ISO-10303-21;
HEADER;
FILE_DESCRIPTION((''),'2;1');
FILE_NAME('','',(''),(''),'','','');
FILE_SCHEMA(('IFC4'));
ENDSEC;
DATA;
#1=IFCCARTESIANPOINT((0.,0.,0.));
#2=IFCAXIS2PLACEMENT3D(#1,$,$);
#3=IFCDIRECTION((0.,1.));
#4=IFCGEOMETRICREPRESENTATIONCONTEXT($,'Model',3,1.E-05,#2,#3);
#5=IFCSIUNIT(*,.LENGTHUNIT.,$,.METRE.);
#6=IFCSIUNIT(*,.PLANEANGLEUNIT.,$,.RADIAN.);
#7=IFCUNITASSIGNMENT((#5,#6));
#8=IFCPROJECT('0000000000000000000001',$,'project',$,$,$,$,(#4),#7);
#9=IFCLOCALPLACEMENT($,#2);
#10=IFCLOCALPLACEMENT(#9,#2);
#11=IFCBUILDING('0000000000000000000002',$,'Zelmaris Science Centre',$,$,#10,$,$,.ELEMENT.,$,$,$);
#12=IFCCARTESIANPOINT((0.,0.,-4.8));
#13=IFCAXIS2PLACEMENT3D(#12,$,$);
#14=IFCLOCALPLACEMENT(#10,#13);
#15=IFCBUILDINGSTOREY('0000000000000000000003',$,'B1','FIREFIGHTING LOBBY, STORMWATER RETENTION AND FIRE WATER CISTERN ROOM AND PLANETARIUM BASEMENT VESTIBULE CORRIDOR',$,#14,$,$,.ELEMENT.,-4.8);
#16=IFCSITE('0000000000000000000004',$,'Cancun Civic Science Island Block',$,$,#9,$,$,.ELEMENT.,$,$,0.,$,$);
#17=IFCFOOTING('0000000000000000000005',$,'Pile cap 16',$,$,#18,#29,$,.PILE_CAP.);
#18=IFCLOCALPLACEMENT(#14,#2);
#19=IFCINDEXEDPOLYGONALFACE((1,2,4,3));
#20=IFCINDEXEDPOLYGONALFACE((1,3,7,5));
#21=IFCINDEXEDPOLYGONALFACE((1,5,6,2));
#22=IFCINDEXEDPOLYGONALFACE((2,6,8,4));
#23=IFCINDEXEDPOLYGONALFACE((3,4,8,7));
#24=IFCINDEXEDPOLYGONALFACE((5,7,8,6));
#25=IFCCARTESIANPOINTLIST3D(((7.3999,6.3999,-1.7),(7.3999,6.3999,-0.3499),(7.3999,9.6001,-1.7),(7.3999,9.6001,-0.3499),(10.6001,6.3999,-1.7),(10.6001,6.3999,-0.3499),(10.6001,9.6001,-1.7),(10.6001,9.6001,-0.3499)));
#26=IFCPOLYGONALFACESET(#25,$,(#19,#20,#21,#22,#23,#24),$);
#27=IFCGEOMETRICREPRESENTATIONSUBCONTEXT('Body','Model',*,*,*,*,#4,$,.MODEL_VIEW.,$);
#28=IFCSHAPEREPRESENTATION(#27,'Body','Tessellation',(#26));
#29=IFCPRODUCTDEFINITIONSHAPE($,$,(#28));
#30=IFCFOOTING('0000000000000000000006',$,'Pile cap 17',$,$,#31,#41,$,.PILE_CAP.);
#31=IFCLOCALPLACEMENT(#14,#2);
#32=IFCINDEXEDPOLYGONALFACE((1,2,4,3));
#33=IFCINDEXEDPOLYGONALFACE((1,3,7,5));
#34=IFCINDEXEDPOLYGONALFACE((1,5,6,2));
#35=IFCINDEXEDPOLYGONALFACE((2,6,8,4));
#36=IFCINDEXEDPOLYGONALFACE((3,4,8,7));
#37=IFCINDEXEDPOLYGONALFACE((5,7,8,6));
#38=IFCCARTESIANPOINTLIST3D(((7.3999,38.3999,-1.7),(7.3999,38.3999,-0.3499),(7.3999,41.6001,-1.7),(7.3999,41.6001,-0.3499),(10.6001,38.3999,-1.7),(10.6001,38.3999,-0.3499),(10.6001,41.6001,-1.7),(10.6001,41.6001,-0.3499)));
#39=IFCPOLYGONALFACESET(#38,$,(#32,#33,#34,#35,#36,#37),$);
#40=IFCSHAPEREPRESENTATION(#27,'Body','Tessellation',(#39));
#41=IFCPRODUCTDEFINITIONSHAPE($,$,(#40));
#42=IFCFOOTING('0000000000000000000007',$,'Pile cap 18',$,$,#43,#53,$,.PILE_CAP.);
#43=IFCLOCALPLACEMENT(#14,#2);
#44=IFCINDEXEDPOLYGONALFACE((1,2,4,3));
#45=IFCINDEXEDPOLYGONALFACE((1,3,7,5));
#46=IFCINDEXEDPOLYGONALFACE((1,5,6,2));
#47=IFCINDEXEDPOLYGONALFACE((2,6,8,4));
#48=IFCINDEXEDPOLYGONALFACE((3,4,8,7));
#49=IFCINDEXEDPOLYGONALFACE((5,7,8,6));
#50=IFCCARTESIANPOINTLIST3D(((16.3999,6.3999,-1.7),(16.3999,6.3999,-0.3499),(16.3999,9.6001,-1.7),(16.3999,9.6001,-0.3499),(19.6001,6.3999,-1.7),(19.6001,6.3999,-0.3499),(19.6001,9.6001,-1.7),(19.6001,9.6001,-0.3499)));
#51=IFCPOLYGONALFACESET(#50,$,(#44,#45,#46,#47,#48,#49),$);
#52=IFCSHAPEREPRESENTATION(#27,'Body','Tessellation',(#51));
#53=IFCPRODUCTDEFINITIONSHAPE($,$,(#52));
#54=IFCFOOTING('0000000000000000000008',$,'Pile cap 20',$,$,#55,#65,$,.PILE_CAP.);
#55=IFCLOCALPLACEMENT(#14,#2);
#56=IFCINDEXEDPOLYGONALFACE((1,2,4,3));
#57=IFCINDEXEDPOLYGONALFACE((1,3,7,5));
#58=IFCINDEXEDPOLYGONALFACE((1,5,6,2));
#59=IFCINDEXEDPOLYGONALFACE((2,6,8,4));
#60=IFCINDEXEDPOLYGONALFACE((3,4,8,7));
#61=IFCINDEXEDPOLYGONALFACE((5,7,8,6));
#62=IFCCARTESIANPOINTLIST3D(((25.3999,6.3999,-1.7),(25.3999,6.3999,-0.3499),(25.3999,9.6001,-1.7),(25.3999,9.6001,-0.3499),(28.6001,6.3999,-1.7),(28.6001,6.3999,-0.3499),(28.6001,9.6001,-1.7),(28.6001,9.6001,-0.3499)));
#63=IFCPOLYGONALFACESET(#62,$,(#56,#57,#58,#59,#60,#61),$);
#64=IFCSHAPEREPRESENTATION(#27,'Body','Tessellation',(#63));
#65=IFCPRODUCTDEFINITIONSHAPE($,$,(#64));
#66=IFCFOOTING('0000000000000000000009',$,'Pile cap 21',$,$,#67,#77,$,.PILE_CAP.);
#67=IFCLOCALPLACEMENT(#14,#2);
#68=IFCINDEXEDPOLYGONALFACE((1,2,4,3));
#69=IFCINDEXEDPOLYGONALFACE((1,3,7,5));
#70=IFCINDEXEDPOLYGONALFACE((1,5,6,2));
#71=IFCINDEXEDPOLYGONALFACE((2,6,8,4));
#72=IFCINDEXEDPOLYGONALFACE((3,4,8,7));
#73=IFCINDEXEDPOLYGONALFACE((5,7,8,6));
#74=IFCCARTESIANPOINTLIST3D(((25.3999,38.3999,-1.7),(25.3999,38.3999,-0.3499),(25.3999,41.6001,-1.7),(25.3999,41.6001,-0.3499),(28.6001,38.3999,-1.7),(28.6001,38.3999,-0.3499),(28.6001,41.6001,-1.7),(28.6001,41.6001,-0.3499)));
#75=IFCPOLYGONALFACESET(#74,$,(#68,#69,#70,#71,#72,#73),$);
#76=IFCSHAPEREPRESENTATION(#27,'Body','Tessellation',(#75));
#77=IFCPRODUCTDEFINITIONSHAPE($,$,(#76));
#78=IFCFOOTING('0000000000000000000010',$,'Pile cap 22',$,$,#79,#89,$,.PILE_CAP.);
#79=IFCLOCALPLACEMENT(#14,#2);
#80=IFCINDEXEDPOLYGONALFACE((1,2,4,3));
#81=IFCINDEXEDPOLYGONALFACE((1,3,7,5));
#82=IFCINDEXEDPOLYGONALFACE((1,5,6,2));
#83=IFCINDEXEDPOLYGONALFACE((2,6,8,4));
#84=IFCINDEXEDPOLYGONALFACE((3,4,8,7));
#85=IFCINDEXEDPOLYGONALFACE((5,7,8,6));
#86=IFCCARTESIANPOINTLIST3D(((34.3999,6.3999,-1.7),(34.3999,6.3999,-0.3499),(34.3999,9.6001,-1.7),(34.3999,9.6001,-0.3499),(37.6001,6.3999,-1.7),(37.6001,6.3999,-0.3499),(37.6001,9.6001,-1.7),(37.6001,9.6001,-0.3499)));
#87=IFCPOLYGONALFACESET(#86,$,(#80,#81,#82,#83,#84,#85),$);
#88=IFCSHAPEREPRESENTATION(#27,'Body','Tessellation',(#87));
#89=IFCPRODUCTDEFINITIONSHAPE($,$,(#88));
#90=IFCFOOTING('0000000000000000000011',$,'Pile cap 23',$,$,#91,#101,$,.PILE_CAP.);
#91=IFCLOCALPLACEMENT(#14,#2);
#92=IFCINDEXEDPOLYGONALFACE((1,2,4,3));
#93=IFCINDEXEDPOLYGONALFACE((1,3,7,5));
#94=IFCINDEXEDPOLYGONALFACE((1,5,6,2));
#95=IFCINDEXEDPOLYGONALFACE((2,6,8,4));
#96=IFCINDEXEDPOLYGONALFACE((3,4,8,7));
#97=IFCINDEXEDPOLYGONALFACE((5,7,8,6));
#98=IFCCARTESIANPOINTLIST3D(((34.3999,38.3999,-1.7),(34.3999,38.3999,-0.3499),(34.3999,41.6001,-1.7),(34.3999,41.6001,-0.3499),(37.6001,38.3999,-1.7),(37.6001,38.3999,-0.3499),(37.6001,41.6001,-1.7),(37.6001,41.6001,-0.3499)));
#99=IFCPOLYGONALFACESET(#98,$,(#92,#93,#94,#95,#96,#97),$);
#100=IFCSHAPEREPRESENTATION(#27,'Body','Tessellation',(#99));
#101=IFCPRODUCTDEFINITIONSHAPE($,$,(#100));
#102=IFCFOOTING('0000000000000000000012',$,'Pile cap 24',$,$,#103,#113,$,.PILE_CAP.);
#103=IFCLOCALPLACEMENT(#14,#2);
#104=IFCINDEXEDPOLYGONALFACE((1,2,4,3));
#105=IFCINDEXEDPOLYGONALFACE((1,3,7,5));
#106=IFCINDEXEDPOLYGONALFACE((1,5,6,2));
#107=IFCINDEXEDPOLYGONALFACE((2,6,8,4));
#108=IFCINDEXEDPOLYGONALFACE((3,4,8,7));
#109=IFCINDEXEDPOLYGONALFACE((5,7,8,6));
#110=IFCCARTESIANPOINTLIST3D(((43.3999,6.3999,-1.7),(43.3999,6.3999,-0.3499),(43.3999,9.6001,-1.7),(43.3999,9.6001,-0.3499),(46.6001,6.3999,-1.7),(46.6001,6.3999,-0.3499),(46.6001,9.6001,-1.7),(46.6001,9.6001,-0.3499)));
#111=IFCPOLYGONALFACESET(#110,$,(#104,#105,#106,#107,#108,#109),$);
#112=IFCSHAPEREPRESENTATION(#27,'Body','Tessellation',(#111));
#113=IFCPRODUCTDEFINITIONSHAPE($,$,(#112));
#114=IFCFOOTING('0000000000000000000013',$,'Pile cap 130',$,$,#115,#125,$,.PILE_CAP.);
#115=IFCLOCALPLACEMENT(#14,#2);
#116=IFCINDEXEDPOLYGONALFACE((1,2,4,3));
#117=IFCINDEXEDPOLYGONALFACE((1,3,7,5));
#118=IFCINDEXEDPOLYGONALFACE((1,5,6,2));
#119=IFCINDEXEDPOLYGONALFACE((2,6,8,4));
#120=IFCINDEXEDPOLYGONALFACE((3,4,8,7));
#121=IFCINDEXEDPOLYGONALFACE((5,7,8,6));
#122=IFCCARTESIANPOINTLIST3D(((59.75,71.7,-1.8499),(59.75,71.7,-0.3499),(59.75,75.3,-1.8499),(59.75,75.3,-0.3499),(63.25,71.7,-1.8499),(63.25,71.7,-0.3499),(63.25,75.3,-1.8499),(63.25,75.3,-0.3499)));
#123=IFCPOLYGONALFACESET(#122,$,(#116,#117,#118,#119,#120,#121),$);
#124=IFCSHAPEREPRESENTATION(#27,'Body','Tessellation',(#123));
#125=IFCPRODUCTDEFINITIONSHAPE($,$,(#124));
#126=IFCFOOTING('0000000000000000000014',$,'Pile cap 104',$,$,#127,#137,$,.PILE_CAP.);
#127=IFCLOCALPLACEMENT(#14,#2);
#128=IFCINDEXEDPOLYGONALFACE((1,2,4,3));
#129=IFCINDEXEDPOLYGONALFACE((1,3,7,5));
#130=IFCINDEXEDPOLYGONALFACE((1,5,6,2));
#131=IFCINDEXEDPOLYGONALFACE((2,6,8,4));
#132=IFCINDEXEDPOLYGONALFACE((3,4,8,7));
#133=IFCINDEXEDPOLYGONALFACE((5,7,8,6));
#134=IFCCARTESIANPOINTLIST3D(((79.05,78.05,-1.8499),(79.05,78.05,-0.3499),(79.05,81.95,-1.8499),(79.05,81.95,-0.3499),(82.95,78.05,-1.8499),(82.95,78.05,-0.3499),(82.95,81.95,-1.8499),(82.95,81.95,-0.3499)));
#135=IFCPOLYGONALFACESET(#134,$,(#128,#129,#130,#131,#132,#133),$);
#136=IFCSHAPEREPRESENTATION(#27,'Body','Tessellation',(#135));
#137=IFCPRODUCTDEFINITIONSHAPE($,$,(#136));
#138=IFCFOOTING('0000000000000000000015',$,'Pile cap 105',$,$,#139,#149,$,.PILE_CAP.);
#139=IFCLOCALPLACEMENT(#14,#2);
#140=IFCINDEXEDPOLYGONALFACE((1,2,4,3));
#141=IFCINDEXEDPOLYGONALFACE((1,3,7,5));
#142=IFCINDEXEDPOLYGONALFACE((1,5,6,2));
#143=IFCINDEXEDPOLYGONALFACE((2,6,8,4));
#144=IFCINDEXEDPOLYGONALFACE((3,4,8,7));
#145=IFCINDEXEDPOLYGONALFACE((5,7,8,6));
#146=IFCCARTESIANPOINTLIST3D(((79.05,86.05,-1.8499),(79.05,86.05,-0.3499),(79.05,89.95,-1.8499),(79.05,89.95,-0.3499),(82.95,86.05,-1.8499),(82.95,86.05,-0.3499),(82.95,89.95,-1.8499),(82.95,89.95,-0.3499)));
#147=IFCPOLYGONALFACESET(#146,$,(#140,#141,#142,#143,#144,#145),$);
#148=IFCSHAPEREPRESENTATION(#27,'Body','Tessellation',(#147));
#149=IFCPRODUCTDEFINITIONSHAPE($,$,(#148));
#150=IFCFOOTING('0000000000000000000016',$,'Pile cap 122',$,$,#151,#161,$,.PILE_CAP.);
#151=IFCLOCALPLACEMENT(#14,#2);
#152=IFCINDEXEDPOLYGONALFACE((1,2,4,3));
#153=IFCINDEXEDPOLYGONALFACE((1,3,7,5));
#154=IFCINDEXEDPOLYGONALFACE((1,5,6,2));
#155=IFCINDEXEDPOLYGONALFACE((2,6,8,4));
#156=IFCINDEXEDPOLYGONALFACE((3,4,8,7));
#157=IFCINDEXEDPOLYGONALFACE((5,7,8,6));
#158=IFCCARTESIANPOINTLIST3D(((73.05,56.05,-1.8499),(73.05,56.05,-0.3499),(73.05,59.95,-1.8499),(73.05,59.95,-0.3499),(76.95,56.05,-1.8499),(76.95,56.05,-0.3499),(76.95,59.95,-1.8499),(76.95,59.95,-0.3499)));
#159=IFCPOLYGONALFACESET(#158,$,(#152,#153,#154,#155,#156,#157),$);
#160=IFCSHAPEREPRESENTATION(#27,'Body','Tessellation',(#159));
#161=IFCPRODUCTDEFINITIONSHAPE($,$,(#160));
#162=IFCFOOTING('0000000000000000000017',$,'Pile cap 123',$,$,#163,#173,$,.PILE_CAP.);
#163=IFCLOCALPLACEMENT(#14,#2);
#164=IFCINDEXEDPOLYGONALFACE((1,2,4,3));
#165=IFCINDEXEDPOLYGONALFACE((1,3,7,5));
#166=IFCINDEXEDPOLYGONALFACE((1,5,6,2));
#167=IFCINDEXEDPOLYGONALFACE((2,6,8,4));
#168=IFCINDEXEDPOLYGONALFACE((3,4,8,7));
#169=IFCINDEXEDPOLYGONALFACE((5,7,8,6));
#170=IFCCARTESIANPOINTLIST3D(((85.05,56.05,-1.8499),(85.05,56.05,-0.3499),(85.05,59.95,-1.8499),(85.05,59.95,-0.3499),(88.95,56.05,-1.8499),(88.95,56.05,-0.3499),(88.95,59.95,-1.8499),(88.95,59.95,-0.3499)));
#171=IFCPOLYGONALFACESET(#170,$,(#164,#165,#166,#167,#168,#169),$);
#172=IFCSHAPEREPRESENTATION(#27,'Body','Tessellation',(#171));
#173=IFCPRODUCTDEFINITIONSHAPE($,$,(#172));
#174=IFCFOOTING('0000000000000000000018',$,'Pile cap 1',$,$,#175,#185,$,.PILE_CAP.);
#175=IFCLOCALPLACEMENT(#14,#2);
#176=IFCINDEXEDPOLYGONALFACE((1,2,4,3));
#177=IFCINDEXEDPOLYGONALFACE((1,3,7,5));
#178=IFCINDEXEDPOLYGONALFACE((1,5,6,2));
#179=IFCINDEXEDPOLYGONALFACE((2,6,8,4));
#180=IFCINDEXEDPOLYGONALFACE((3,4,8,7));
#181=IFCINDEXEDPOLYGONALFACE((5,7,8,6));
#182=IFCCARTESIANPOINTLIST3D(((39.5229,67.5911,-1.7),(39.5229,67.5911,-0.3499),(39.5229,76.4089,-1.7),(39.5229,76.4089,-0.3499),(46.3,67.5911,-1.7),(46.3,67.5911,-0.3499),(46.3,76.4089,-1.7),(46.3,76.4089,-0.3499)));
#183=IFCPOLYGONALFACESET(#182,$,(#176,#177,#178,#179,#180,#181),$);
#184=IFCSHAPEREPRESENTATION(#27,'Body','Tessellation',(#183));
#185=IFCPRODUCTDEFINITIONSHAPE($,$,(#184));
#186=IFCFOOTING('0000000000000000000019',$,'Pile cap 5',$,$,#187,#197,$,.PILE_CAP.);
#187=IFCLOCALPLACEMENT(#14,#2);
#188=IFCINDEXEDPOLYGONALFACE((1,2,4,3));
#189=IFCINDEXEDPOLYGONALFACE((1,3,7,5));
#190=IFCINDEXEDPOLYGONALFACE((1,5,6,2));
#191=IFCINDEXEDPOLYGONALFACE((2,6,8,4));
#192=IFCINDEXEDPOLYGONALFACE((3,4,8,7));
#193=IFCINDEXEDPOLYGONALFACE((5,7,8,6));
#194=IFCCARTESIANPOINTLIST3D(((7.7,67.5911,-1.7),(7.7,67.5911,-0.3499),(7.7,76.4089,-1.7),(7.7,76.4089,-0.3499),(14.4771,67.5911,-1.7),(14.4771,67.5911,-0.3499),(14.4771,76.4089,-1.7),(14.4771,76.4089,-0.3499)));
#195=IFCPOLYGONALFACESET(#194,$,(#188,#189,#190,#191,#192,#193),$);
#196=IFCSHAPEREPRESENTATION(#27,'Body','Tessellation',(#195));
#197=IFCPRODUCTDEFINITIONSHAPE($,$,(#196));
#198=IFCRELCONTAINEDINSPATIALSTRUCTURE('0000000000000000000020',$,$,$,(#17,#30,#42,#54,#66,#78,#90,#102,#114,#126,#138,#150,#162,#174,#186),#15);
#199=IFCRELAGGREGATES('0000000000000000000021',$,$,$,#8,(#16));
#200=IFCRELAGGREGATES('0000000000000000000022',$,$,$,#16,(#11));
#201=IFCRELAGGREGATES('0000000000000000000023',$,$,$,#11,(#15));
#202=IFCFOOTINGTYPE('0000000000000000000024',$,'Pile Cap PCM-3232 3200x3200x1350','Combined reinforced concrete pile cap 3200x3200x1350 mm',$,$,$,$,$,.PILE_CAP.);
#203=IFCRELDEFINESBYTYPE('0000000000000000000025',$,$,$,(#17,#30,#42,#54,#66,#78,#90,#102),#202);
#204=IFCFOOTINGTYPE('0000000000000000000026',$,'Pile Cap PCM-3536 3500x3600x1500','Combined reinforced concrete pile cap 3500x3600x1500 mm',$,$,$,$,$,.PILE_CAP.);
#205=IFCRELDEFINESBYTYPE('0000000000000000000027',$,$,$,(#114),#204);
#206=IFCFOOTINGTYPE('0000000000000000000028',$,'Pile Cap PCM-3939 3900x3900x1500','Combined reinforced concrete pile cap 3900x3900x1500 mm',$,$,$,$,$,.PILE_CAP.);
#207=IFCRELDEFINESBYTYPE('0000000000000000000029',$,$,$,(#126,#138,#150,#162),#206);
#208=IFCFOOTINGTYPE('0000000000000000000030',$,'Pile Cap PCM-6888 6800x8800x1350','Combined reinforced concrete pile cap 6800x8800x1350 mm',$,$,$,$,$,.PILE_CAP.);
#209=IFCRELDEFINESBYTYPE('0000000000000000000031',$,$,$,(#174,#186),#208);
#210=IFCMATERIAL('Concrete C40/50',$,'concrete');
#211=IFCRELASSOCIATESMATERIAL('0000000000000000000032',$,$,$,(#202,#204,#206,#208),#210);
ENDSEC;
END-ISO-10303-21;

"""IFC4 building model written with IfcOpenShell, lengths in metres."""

from ifc_helpers import new_model, si_unit, direction, frame, origin, place, context, subcontext, project, spatial, polyline, outline, extrude, material, type_object, element, save


model = new_model("IFC4")

# Units and contexts
model_context = context("Model", 3, precision=1e-05, world=origin(), true_north=direction((0.0, 1.0)))
body_context = subcontext(model_context, "Body", "Model", "MODEL_VIEW")
ifc_project = project(units=[si_unit("LENGTHUNIT", "METRE"), si_unit("PLANEANGLEUNIT", "RADIAN")], contexts=[model_context])

# Site, building, storey
site_placement = place(None, origin())
site = spatial("IfcSite", under=ifc_project, at=site_placement, Name="Cancun Civic Science Island Block", CompositionType="ELEMENT", RefElevation=0.0)
building_placement = place(site_placement, origin())
building = spatial("IfcBuilding", under=site, at=building_placement, Name="Zelmaris Science Centre", CompositionType="ELEMENT")
storey_placement = place(building_placement, frame((0.0, 0.0, -4.8)))
storey = spatial("IfcBuildingStorey", under=building, at=storey_placement, Name="B1", Description="FIREFIGHTING LOBBY, STORMWATER RETENTION AND FIRE WATER CISTERN ROOM AND PLANETARIUM BASEMENT VESTIBULE CORRIDOR", CompositionType="ELEMENT", Elevation=-4.8)

# Footings
ifc_material = material(Name="Concrete C40/50", Category="concrete")
footing_type_1 = type_object("IfcFootingType", Name="Pile Cap PCM-3232 3200x3200x1350", Description="Combined reinforced concrete pile cap 3200x3200x1350 mm", PredefinedType="PILE_CAP", material=ifc_material)
footing_1_placement = place(storey_placement, frame((0.0, 0.0, -1.7)))
element("IfcFooting", 1, at=footing_1_placement, inside=storey, type_object=footing_type_1, Name="Pile cap 16", PredefinedType="PILE_CAP", context=body_context, shape_type="SweptSolid", body=[
    extrude(outline(polyline([(7.3999, 6.3999), (10.6001, 6.3999), (10.6001, 9.6001), (7.3999, 9.6001), (7.3999, 6.3999)])), origin(), (0.0, 0.0, 1.0), 1.3501),
])
footing_2_placement = place(storey_placement, frame((0.0, 0.0, -1.7)))
element("IfcFooting", 2, at=footing_2_placement, inside=storey, type_object=footing_type_1, Name="Pile cap 17", PredefinedType="PILE_CAP", context=body_context, shape_type="SweptSolid", body=[
    extrude(outline(polyline([(7.3999, 38.3999), (10.6001, 38.3999), (10.6001, 41.6001), (7.3999, 41.6001), (7.3999, 38.3999)])), origin(), (0.0, 0.0, 1.0), 1.3501),
])
footing_3_placement = place(storey_placement, frame((0.0, 0.0, -1.7)))
element("IfcFooting", 3, at=footing_3_placement, inside=storey, type_object=footing_type_1, Name="Pile cap 18", PredefinedType="PILE_CAP", context=body_context, shape_type="SweptSolid", body=[
    extrude(outline(polyline([(16.3999, 6.3999), (19.6001, 6.3999), (19.6001, 9.6001), (16.3999, 9.6001), (16.3999, 6.3999)])), origin(), (0.0, 0.0, 1.0), 1.3501),
])
footing_4_placement = place(storey_placement, frame((0.0, 0.0, -1.7)))
element("IfcFooting", 4, at=footing_4_placement, inside=storey, type_object=footing_type_1, Name="Pile cap 20", PredefinedType="PILE_CAP", context=body_context, shape_type="SweptSolid", body=[
    extrude(outline(polyline([(25.3999, 6.3999), (28.6001, 6.3999), (28.6001, 9.6001), (25.3999, 9.6001), (25.3999, 6.3999)])), origin(), (0.0, 0.0, 1.0), 1.3501),
])
footing_5_placement = place(storey_placement, frame((0.0, 0.0, -1.7)))
element("IfcFooting", 5, at=footing_5_placement, inside=storey, type_object=footing_type_1, Name="Pile cap 21", PredefinedType="PILE_CAP", context=body_context, shape_type="SweptSolid", body=[
    extrude(outline(polyline([(25.3999, 38.3999), (28.6001, 38.3999), (28.6001, 41.6001), (25.3999, 41.6001), (25.3999, 38.3999)])), origin(), (0.0, 0.0, 1.0), 1.3501),
])
footing_6_placement = place(storey_placement, frame((0.0, 0.0, -1.7)))
element("IfcFooting", 6, at=footing_6_placement, inside=storey, type_object=footing_type_1, Name="Pile cap 22", PredefinedType="PILE_CAP", context=body_context, shape_type="SweptSolid", body=[
    extrude(outline(polyline([(34.3999, 6.3999), (37.6001, 6.3999), (37.6001, 9.6001), (34.3999, 9.6001), (34.3999, 6.3999)])), origin(), (0.0, 0.0, 1.0), 1.3501),
])
footing_7_placement = place(storey_placement, frame((0.0, 0.0, -1.7)))
element("IfcFooting", 7, at=footing_7_placement, inside=storey, type_object=footing_type_1, Name="Pile cap 23", PredefinedType="PILE_CAP", context=body_context, shape_type="SweptSolid", body=[
    extrude(outline(polyline([(34.3999, 38.3999), (37.6001, 38.3999), (37.6001, 41.6001), (34.3999, 41.6001), (34.3999, 38.3999)])), origin(), (0.0, 0.0, 1.0), 1.3501),
])
footing_8_placement = place(storey_placement, frame((0.0, 0.0, -1.7)))
element("IfcFooting", 8, at=footing_8_placement, inside=storey, type_object=footing_type_1, Name="Pile cap 24", PredefinedType="PILE_CAP", context=body_context, shape_type="SweptSolid", body=[
    extrude(outline(polyline([(43.3999, 6.3999), (46.6001, 6.3999), (46.6001, 9.6001), (43.3999, 9.6001), (43.3999, 6.3999)])), origin(), (0.0, 0.0, 1.0), 1.3501),
])
footing_type_2 = type_object("IfcFootingType", Name="Pile Cap PCM-3536 3500x3600x1500", Description="Combined reinforced concrete pile cap 3500x3600x1500 mm", PredefinedType="PILE_CAP", material=ifc_material)
footing_9_placement = place(storey_placement, frame((0.0, 0.0, -1.8499)))
element("IfcFooting", 9, at=footing_9_placement, inside=storey, type_object=footing_type_2, Name="Pile cap 130", PredefinedType="PILE_CAP", context=body_context, shape_type="SweptSolid", body=[
    extrude(outline(polyline([(59.75, 71.7), (63.25, 71.7), (63.25, 75.3), (59.75, 75.3), (59.75, 71.7)])), origin(), (0.0, 0.0, 1.0), 1.5),
])
footing_type_3 = type_object("IfcFootingType", Name="Pile Cap PCM-3939 3900x3900x1500", Description="Combined reinforced concrete pile cap 3900x3900x1500 mm", PredefinedType="PILE_CAP", material=ifc_material)
footing_10_placement = place(storey_placement, frame((0.0, 0.0, -1.8499)))
element("IfcFooting", 10, at=footing_10_placement, inside=storey, type_object=footing_type_3, Name="Pile cap 104", PredefinedType="PILE_CAP", context=body_context, shape_type="SweptSolid", body=[
    extrude(outline(polyline([(79.05, 78.05), (82.95, 78.05), (82.95, 81.95), (79.05, 81.95), (79.05, 78.05)])), origin(), (0.0, 0.0, 1.0), 1.5),
])
footing_11_placement = place(storey_placement, frame((0.0, 0.0, -1.8499)))
element("IfcFooting", 11, at=footing_11_placement, inside=storey, type_object=footing_type_3, Name="Pile cap 105", PredefinedType="PILE_CAP", context=body_context, shape_type="SweptSolid", body=[
    extrude(outline(polyline([(79.05, 86.05), (82.95, 86.05), (82.95, 89.95), (79.05, 89.95), (79.05, 86.05)])), origin(), (0.0, 0.0, 1.0), 1.5),
])
footing_12_placement = place(storey_placement, frame((0.0, 0.0, -1.8499)))
element("IfcFooting", 12, at=footing_12_placement, inside=storey, type_object=footing_type_3, Name="Pile cap 122", PredefinedType="PILE_CAP", context=body_context, shape_type="SweptSolid", body=[
    extrude(outline(polyline([(73.05, 56.05), (76.95, 56.05), (76.95, 59.95), (73.05, 59.95), (73.05, 56.05)])), origin(), (0.0, 0.0, 1.0), 1.5),
])
footing_13_placement = place(storey_placement, frame((0.0, 0.0, -1.8499)))
element("IfcFooting", 13, at=footing_13_placement, inside=storey, type_object=footing_type_3, Name="Pile cap 123", PredefinedType="PILE_CAP", context=body_context, shape_type="SweptSolid", body=[
    extrude(outline(polyline([(85.05, 56.05), (88.95, 56.05), (88.95, 59.95), (85.05, 59.95), (85.05, 56.05)])), origin(), (0.0, 0.0, 1.0), 1.5),
])
footing_type_4 = type_object("IfcFootingType", Name="Pile Cap PCM-6888 6800x8800x1350", Description="Combined reinforced concrete pile cap 6800x8800x1350 mm", PredefinedType="PILE_CAP", material=ifc_material)
footing_14_placement = place(storey_placement, frame((0.0, 0.0, -1.7)))
element("IfcFooting", 14, at=footing_14_placement, inside=storey, type_object=footing_type_4, Name="Pile cap 1", PredefinedType="PILE_CAP", context=body_context, shape_type="SweptSolid", body=[
    extrude(outline(polyline([(39.5229, 67.5911), (46.3, 67.5911), (46.3, 76.4089), (39.5229, 76.4089), (39.5229, 67.5911)])), origin(), (0.0, 0.0, 1.0), 1.3501),
])
footing_15_placement = place(storey_placement, frame((0.0, 0.0, -1.7)))
element("IfcFooting", 15, at=footing_15_placement, inside=storey, type_object=footing_type_4, Name="Pile cap 5", PredefinedType="PILE_CAP", context=body_context, shape_type="SweptSolid", body=[
    extrude(outline(polyline([(7.7, 67.5911), (14.4771, 67.5911), (14.4771, 76.4089), (7.7, 76.4089), (7.7, 67.5911)])), origin(), (0.0, 0.0, 1.0), 1.3501),
])

save(model, "model.ifc")
